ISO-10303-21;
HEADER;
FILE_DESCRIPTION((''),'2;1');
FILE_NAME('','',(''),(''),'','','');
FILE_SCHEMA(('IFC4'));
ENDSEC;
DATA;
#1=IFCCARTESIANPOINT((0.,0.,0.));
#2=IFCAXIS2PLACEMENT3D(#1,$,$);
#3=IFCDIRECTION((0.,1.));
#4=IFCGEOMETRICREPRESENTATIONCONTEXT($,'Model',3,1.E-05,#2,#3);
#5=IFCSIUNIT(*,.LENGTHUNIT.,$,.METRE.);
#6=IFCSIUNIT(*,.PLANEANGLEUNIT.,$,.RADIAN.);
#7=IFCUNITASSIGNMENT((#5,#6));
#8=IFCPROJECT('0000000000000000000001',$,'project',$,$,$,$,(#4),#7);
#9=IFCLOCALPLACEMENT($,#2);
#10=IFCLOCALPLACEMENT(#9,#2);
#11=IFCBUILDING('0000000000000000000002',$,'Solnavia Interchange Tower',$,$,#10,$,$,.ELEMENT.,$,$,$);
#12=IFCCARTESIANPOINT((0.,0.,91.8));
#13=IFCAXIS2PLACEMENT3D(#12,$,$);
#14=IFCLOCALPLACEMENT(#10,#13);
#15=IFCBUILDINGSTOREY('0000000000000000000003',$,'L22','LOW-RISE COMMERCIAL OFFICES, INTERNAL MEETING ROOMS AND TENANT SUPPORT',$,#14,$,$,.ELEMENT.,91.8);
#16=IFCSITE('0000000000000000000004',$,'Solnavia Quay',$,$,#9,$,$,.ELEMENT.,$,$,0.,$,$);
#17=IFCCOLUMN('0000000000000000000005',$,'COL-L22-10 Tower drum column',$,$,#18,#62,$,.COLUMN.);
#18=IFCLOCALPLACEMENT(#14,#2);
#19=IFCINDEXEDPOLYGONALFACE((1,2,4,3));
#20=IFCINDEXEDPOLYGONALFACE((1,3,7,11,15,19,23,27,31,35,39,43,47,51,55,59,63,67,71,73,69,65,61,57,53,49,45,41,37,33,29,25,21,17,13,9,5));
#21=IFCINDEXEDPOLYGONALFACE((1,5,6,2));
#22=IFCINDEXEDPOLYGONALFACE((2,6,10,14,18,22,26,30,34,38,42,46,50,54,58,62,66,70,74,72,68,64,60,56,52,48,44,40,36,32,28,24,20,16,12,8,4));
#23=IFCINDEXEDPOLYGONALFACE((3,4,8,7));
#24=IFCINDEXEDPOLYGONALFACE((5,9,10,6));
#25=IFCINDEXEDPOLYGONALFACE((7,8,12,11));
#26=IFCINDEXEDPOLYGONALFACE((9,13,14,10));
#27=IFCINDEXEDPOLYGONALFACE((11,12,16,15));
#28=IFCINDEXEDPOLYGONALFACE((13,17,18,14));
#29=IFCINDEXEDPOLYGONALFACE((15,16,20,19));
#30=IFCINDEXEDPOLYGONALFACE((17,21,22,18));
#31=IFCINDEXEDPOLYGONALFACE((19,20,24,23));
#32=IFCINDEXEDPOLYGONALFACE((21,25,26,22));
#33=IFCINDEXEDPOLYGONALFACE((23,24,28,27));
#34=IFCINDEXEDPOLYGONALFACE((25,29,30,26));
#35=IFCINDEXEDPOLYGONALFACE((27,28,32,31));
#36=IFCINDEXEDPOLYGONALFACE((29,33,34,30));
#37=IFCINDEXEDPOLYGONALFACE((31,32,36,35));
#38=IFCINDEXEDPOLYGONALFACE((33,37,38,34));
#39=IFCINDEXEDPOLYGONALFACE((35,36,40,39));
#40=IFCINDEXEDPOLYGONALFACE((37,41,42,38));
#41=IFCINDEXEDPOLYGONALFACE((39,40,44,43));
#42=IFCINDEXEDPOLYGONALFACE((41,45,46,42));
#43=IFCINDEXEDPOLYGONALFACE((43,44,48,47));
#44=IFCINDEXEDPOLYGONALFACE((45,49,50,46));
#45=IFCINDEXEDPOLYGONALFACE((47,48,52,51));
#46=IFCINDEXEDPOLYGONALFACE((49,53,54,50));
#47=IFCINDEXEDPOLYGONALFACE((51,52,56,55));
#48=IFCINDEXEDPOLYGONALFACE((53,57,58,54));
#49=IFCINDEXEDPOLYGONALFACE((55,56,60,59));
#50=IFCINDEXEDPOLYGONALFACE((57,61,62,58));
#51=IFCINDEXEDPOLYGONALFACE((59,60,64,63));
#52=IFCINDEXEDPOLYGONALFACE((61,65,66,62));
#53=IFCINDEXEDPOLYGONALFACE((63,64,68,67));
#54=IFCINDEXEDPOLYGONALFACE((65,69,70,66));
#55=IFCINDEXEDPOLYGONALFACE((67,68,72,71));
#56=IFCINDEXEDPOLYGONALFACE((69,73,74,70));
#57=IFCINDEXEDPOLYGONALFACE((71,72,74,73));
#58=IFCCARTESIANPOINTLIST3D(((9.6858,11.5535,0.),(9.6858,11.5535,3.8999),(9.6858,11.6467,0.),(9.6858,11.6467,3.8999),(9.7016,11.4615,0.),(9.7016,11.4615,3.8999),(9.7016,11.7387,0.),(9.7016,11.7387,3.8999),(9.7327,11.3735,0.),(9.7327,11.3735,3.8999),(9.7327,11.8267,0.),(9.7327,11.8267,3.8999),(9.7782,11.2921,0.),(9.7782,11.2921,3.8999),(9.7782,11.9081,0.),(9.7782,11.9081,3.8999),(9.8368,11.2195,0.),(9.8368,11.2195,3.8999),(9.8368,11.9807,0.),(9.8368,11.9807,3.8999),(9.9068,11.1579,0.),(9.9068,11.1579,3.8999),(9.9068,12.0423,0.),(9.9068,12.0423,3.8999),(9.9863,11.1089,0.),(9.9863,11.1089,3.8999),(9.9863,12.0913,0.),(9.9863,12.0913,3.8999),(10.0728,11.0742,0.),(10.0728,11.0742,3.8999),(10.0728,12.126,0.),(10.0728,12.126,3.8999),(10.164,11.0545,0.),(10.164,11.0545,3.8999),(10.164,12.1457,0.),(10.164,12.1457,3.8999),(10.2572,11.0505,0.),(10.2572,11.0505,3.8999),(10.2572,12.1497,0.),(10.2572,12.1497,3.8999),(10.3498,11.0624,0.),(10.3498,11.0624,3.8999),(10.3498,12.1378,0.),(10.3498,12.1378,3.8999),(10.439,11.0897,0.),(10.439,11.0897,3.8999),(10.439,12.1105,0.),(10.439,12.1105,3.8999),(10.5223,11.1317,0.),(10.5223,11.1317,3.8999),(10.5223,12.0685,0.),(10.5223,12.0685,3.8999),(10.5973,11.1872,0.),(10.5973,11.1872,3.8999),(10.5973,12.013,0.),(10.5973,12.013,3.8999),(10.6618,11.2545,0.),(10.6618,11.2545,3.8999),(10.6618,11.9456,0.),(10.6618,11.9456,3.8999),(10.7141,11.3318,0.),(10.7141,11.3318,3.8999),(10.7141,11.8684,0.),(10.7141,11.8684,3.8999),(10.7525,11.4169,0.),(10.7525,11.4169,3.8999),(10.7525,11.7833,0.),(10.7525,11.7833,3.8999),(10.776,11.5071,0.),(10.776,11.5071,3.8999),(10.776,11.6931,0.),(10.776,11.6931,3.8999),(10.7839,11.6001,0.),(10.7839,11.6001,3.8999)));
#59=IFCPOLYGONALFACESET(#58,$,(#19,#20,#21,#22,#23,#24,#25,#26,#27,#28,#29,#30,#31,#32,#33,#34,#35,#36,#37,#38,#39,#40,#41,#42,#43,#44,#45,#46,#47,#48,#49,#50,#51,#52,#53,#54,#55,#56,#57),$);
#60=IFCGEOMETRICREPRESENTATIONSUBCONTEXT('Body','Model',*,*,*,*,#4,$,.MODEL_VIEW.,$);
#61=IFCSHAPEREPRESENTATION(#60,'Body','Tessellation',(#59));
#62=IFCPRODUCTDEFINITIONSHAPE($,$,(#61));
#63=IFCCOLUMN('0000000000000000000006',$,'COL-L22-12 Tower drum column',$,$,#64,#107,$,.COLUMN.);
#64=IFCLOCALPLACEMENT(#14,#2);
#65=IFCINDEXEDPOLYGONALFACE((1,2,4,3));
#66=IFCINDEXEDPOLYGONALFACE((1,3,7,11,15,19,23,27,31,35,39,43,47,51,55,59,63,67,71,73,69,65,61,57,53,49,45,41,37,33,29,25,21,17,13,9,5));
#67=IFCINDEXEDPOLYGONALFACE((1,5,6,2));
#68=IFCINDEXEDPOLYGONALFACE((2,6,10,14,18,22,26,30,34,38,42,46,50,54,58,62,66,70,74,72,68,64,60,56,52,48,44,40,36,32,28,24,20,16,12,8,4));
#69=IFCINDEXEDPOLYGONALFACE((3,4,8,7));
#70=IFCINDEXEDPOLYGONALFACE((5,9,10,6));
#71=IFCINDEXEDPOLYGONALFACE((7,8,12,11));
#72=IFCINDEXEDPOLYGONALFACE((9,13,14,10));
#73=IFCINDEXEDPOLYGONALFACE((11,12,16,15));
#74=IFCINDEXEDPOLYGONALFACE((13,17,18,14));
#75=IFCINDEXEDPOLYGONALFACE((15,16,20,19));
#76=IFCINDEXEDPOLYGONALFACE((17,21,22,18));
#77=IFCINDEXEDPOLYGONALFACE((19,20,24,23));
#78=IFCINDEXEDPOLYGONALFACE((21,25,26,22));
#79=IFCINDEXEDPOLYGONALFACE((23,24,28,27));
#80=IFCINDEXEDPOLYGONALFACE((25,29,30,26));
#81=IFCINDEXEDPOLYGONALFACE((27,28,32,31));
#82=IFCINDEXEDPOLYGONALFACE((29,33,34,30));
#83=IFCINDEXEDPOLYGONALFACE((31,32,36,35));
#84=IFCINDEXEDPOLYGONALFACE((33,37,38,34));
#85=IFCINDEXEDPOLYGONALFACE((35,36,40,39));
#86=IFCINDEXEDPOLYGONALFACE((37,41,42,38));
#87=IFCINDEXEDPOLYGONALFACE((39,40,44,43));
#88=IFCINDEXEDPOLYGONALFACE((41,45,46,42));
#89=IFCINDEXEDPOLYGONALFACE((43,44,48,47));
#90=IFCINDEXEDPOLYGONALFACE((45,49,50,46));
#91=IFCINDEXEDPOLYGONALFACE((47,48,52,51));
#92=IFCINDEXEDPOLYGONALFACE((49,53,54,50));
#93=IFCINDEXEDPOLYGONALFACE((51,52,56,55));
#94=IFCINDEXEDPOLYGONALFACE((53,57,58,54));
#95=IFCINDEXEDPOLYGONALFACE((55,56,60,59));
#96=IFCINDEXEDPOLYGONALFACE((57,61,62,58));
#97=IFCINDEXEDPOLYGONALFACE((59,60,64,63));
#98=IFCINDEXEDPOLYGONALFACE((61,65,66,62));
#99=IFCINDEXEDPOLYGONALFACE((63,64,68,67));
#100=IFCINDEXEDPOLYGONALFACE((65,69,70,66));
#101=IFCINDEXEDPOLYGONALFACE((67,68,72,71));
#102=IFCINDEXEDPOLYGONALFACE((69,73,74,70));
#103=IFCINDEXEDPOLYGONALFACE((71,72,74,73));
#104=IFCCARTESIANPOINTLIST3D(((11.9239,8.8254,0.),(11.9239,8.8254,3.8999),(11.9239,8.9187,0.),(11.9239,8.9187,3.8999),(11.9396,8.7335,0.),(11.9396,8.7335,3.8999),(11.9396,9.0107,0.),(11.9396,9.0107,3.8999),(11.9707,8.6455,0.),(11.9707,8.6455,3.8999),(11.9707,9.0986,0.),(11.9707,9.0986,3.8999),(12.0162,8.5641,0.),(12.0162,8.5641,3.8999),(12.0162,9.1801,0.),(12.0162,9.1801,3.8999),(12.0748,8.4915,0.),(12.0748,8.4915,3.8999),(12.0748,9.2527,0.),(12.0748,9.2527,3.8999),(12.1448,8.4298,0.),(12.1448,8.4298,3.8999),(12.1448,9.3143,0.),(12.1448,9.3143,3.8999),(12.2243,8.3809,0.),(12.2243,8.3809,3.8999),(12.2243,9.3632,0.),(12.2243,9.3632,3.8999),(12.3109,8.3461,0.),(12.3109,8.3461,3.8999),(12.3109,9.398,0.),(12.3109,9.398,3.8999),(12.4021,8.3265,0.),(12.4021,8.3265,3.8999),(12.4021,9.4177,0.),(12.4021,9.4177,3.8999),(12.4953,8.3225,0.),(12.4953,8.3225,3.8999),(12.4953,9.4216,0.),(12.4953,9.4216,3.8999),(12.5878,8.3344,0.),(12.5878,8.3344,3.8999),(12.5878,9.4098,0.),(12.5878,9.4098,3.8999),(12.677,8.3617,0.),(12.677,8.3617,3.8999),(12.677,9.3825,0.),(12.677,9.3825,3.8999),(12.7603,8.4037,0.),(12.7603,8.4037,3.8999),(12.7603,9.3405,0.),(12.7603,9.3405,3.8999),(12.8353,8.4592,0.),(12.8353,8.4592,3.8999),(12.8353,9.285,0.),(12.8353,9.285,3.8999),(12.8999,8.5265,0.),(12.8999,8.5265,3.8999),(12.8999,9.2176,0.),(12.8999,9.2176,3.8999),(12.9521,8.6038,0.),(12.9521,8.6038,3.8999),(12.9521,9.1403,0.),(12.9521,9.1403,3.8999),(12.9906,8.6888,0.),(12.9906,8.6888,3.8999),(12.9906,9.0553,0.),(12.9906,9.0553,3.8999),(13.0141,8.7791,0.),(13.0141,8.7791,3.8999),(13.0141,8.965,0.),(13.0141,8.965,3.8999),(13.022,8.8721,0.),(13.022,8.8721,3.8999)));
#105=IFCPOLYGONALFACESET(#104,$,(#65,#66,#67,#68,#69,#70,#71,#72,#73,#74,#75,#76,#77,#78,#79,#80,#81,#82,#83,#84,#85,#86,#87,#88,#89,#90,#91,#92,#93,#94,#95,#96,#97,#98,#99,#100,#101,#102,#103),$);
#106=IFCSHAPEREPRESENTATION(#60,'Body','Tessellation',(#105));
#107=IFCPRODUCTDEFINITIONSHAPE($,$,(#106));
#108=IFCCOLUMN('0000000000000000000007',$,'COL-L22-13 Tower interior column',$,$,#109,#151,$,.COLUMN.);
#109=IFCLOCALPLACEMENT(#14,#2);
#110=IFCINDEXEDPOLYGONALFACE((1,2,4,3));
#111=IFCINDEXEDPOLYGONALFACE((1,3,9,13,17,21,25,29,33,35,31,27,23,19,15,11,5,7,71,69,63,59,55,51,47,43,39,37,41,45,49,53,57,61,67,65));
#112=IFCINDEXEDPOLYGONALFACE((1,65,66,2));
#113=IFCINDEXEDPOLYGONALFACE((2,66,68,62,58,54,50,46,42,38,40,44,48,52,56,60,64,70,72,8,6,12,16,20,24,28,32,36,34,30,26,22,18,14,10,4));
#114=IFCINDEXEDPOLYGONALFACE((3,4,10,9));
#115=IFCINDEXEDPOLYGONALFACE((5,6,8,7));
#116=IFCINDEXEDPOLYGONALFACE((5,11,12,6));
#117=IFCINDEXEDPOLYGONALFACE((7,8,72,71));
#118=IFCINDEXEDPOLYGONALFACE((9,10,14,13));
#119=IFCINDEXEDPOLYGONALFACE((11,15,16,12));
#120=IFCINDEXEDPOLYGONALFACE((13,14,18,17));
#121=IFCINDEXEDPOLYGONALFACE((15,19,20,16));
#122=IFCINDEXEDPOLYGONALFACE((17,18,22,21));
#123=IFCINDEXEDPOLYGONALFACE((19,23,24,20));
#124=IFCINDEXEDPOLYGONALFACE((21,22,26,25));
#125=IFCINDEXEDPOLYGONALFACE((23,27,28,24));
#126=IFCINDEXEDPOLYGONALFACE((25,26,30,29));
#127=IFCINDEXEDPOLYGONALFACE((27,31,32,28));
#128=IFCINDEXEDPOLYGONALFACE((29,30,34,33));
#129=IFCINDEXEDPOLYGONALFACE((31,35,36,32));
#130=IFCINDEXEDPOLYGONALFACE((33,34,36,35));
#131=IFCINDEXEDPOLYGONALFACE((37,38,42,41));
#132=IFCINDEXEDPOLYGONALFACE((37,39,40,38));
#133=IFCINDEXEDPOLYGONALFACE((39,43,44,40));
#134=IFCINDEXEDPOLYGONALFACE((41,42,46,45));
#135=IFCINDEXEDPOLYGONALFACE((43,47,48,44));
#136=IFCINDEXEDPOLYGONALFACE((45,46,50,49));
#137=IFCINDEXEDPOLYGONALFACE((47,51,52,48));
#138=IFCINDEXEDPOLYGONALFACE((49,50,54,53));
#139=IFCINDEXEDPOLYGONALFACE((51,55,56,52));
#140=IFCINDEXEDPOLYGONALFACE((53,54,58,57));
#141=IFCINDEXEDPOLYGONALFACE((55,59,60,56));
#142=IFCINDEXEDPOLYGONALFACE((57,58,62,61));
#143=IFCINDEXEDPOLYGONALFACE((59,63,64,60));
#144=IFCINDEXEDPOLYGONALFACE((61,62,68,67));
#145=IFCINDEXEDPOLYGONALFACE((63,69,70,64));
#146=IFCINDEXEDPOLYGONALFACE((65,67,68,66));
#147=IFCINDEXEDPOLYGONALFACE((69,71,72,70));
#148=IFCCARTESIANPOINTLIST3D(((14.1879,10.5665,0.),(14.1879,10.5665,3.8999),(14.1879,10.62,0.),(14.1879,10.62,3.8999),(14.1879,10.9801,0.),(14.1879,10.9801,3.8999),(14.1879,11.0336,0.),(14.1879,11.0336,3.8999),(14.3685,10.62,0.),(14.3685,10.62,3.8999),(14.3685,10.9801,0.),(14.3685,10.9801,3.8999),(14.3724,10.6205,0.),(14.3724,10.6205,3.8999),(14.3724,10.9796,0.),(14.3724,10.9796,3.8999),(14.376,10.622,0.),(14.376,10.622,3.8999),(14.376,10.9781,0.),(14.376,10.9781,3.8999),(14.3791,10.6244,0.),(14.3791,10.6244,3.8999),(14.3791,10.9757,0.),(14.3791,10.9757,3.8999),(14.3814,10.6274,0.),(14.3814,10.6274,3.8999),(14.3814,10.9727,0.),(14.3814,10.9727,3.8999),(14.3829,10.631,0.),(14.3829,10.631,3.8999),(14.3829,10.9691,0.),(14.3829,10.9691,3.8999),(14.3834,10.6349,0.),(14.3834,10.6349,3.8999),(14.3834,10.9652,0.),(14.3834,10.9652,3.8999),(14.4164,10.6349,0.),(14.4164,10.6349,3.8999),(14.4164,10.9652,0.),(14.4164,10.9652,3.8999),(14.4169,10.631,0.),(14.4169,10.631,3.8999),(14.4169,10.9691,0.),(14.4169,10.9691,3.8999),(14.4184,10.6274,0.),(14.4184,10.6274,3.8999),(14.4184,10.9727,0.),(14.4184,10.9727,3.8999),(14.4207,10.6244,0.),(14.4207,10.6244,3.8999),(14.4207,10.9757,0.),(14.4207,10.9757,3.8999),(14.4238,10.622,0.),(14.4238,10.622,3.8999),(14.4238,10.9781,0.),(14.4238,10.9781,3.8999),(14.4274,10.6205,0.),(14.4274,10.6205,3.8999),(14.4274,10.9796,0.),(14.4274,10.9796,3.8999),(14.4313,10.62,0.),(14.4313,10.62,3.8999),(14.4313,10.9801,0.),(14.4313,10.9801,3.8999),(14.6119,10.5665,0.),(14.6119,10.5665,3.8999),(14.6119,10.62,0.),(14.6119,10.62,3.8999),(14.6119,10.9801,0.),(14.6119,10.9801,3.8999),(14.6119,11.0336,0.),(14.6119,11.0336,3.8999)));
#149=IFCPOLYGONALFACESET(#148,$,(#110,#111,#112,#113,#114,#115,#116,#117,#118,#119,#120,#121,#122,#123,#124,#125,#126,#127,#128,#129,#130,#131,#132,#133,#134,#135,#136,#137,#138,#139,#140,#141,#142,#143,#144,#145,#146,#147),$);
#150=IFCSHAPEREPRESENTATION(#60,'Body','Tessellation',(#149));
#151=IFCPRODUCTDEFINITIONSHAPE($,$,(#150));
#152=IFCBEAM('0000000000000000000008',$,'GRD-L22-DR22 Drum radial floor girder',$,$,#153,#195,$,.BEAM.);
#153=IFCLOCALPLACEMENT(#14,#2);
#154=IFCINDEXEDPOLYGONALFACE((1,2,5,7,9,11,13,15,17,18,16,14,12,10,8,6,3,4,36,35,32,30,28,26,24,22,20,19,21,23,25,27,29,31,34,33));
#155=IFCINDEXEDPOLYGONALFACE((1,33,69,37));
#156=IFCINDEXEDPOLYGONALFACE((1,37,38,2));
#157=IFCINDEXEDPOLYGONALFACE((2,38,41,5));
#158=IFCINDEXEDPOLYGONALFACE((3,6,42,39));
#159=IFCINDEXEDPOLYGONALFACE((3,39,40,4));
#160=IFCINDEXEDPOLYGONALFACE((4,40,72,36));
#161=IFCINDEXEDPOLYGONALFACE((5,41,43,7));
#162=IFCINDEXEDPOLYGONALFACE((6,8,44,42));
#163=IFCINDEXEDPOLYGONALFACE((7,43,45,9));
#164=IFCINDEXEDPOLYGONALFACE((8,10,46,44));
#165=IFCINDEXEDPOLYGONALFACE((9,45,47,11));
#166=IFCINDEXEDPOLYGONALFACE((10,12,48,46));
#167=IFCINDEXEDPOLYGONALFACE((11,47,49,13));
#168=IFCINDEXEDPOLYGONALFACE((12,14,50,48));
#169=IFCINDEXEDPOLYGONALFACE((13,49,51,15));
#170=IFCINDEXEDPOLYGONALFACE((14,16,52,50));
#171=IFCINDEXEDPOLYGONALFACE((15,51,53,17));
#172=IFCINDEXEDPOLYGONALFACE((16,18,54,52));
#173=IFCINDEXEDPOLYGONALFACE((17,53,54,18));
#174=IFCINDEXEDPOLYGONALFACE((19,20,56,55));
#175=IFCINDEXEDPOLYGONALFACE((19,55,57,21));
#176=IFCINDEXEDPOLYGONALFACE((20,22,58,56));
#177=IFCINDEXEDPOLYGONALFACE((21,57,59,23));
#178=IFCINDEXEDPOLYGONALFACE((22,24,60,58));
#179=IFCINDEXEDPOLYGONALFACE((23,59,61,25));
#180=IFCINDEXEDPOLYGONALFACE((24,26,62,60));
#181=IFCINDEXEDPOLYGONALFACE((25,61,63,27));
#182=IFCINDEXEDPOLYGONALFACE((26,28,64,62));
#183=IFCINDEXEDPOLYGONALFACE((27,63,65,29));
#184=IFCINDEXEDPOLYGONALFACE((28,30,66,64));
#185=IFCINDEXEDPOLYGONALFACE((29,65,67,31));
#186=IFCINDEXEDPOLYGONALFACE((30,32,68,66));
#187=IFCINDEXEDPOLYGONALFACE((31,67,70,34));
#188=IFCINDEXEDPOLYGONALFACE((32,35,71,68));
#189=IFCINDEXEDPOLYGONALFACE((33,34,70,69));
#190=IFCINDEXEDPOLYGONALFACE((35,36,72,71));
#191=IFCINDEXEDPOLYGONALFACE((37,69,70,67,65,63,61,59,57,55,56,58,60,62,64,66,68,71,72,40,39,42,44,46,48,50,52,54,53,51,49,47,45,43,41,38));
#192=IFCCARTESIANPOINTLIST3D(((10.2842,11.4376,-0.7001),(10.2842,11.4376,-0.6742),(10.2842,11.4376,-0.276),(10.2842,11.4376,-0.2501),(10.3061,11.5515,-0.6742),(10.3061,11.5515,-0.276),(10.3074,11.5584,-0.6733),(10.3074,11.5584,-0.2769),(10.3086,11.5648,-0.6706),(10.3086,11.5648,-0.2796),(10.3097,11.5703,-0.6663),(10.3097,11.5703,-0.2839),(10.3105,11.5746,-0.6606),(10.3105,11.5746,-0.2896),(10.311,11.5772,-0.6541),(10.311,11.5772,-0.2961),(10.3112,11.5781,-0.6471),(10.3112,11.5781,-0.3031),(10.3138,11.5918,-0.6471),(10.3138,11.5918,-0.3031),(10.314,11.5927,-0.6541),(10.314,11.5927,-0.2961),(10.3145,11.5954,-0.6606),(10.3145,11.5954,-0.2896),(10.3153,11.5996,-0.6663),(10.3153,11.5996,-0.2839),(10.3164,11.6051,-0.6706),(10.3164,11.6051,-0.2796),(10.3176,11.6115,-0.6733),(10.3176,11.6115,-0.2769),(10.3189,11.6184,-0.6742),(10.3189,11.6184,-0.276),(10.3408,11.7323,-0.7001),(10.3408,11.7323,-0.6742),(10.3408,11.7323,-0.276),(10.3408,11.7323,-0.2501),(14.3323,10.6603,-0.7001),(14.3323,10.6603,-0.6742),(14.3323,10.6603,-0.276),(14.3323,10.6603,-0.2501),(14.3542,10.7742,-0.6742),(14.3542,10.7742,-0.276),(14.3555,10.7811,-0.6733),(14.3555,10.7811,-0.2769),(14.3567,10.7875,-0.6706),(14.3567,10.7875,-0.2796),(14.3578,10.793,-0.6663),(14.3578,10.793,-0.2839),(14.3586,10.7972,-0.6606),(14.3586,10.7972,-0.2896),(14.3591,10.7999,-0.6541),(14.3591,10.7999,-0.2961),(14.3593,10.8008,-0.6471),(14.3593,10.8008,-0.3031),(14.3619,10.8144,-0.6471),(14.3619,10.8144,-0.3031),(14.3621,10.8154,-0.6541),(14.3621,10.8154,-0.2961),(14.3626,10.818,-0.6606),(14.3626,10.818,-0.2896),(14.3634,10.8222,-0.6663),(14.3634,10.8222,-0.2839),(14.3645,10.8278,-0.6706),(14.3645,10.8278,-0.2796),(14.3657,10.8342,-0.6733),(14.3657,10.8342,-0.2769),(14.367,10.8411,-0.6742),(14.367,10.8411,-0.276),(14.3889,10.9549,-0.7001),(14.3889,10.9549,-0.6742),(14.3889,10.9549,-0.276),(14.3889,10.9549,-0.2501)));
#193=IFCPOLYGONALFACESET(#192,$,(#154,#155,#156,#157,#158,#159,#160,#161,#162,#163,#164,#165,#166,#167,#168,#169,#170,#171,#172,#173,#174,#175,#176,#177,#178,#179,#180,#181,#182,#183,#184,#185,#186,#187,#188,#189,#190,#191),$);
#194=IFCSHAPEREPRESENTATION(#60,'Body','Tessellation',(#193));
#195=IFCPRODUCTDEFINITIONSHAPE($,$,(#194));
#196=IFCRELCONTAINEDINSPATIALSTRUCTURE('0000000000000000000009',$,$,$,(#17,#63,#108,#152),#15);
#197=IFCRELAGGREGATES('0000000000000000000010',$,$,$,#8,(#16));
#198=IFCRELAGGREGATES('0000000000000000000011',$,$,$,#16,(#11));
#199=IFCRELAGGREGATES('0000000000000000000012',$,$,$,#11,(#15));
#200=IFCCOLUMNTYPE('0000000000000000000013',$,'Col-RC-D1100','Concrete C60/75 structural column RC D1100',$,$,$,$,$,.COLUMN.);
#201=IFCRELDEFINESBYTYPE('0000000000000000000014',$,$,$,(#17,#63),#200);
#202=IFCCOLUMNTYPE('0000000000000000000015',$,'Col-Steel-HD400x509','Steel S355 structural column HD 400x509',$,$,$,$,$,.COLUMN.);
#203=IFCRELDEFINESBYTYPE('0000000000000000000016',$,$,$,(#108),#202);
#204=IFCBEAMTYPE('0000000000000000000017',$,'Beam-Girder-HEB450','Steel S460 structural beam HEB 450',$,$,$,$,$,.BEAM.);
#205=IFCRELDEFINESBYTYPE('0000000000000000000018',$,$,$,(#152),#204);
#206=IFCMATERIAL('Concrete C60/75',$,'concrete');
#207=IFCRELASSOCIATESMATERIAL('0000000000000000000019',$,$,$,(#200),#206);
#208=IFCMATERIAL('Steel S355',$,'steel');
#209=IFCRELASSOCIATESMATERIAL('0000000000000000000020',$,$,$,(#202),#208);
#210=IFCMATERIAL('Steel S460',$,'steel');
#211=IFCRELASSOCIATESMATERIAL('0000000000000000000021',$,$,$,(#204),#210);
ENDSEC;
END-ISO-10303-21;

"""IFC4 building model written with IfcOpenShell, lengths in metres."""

from ifc_helpers import new_model, si_unit, direction, frame, origin, origin_2d, place, context, subcontext, project, spatial, circle, i_section, extrude, material, material_profile, profile_set, type_object, element, save


model = new_model("IFC4")

# Units and contexts
model_context = context("Model", 3, precision=1e-05, world=origin(), true_north=direction((0.0, 1.0)))
body_context = subcontext(model_context, "Body", "Model", "MODEL_VIEW")
ifc_project = project(units=[si_unit("LENGTHUNIT", "METRE"), si_unit("PLANEANGLEUNIT", "RADIAN")], contexts=[model_context])

# Site, building, storey
site_placement = place(None, origin())
site = spatial("IfcSite", under=ifc_project, at=site_placement, Name="Solnavia Quay", CompositionType="ELEMENT", RefElevation=0.0)
building_placement = place(site_placement, origin())
building = spatial("IfcBuilding", under=site, at=building_placement, Name="Solnavia Interchange Tower", CompositionType="ELEMENT")
storey_placement = place(building_placement, frame((0.0, 0.0, 91.8)))
storey = spatial("IfcBuildingStorey", under=building, at=storey_placement, Name="L22", Description="LOW-RISE COMMERCIAL OFFICES, INTERNAL MEETING ROOMS AND TENANT SUPPORT", CompositionType="ELEMENT", Elevation=91.8)

# Columns
ifc_material_1 = material(Name="Concrete C60/75", Category="concrete")
ifc_material_profile_1 = material_profile(ifc_material_1, circle(Radius=0.55, at=origin_2d()), Name="RC D1100")
ifc_profile_set_1 = profile_set([ifc_material_profile_1], Name="Concrete C60/75")
column_type_1 = type_object("IfcColumnType", Name="Col-RC-D1100", Description="Concrete C60/75 structural column RC D1100", PredefinedType="COLUMN", material=ifc_profile_set_1)
for number, where, z_axis, x_axis, name in (
    (1, (10.2339, 11.6001, 0.0), (0.0, 0.0, 1.0), (1.0, 0.0, 0.0), "COL-L22-10 Tower drum column"),
    (2, (12.4719, 8.8721, 0.0), (0.0, 0.0, 1.0), (1.0, 0.0, 0.0), "COL-L22-12 Tower drum column"),
):
    element("IfcColumn", number, at=place(storey_placement, frame(where, z_axis=z_axis, x_axis=x_axis)), inside=storey, type_object=column_type_1, Name=name, PredefinedType="COLUMN", context=body_context, shape_type="SweptSolid", body=[
        extrude(circle(Radius=0.55, at=origin_2d()), origin(), (0.0, 0.0, 1.0), 3.8999),
    ])
ifc_material_2 = material(Name="Steel S355", Category="steel")
ifc_material_profile_2 = material_profile(ifc_material_2, i_section(OverallWidth=0.4241, OverallDepth=0.467, WebThickness=0.033, FlangeThickness=0.0535, FilletRadius=0.0149, at=origin_2d()), Name="HD 400x509")
ifc_profile_set_2 = profile_set([ifc_material_profile_2], Name="Steel S355")
column_type_2 = type_object("IfcColumnType", Name="Col-Steel-HD400x509", Description="Steel S355 structural column HD 400x509", PredefinedType="COLUMN", material=ifc_profile_set_2)
column_placement = place(storey_placement, frame((14.3999, 10.8, 0.0), z_axis=(0.0, 0.0, 1.0), x_axis=(1.0, 0.0, 0.0)))
element("IfcColumn", 3, at=column_placement, inside=storey, type_object=column_type_2, Name="COL-L22-13 Tower interior column", PredefinedType="COLUMN", context=body_context, shape_type="SweptSolid", body=[
    extrude(i_section(OverallWidth=0.4241, OverallDepth=0.467, WebThickness=0.033, FlangeThickness=0.0535, FilletRadius=0.0149, at=origin_2d()), origin(), (0.0, 0.0, 1.0), 3.8999),
])

# Beam
ifc_material_3 = material(Name="Steel S460", Category="steel")
ifc_material_profile_3 = material_profile(ifc_material_3, i_section(OverallWidth=0.3, OverallDepth=0.45, WebThickness=0.0139, FlangeThickness=0.0259, FilletRadius=0.0271, at=origin_2d()), Name="HEB 450")
ifc_profile_set_3 = profile_set([ifc_material_profile_3], Name="Steel S460")
beam_type_1 = type_object("IfcBeamType", Name="Beam-Girder-HEB450", Description="Steel S460 structural beam HEB 450", PredefinedType="BEAM", material=ifc_profile_set_3)
beam_1_placement = place(storey_placement, frame((10.3125, 11.585, -0.4751), z_axis=(0.982058, -0.188582, 0.0), x_axis=(0.188582, 0.982058, 0.0)))
element("IfcBeam", 4, at=beam_1_placement, inside=storey, type_object=beam_type_1, Name="GRD-L22-DR22 Drum radial floor girder", PredefinedType="BEAM", context=body_context, shape_type="SweptSolid", body=[
    extrude(i_section(OverallWidth=0.3, OverallDepth=0.45, WebThickness=0.0139, FlangeThickness=0.0259, FilletRadius=0.0271, at=origin_2d()), origin(), (0.0, 0.0, 1.0), 4.1221),
])

save(model, "model.ifc")
